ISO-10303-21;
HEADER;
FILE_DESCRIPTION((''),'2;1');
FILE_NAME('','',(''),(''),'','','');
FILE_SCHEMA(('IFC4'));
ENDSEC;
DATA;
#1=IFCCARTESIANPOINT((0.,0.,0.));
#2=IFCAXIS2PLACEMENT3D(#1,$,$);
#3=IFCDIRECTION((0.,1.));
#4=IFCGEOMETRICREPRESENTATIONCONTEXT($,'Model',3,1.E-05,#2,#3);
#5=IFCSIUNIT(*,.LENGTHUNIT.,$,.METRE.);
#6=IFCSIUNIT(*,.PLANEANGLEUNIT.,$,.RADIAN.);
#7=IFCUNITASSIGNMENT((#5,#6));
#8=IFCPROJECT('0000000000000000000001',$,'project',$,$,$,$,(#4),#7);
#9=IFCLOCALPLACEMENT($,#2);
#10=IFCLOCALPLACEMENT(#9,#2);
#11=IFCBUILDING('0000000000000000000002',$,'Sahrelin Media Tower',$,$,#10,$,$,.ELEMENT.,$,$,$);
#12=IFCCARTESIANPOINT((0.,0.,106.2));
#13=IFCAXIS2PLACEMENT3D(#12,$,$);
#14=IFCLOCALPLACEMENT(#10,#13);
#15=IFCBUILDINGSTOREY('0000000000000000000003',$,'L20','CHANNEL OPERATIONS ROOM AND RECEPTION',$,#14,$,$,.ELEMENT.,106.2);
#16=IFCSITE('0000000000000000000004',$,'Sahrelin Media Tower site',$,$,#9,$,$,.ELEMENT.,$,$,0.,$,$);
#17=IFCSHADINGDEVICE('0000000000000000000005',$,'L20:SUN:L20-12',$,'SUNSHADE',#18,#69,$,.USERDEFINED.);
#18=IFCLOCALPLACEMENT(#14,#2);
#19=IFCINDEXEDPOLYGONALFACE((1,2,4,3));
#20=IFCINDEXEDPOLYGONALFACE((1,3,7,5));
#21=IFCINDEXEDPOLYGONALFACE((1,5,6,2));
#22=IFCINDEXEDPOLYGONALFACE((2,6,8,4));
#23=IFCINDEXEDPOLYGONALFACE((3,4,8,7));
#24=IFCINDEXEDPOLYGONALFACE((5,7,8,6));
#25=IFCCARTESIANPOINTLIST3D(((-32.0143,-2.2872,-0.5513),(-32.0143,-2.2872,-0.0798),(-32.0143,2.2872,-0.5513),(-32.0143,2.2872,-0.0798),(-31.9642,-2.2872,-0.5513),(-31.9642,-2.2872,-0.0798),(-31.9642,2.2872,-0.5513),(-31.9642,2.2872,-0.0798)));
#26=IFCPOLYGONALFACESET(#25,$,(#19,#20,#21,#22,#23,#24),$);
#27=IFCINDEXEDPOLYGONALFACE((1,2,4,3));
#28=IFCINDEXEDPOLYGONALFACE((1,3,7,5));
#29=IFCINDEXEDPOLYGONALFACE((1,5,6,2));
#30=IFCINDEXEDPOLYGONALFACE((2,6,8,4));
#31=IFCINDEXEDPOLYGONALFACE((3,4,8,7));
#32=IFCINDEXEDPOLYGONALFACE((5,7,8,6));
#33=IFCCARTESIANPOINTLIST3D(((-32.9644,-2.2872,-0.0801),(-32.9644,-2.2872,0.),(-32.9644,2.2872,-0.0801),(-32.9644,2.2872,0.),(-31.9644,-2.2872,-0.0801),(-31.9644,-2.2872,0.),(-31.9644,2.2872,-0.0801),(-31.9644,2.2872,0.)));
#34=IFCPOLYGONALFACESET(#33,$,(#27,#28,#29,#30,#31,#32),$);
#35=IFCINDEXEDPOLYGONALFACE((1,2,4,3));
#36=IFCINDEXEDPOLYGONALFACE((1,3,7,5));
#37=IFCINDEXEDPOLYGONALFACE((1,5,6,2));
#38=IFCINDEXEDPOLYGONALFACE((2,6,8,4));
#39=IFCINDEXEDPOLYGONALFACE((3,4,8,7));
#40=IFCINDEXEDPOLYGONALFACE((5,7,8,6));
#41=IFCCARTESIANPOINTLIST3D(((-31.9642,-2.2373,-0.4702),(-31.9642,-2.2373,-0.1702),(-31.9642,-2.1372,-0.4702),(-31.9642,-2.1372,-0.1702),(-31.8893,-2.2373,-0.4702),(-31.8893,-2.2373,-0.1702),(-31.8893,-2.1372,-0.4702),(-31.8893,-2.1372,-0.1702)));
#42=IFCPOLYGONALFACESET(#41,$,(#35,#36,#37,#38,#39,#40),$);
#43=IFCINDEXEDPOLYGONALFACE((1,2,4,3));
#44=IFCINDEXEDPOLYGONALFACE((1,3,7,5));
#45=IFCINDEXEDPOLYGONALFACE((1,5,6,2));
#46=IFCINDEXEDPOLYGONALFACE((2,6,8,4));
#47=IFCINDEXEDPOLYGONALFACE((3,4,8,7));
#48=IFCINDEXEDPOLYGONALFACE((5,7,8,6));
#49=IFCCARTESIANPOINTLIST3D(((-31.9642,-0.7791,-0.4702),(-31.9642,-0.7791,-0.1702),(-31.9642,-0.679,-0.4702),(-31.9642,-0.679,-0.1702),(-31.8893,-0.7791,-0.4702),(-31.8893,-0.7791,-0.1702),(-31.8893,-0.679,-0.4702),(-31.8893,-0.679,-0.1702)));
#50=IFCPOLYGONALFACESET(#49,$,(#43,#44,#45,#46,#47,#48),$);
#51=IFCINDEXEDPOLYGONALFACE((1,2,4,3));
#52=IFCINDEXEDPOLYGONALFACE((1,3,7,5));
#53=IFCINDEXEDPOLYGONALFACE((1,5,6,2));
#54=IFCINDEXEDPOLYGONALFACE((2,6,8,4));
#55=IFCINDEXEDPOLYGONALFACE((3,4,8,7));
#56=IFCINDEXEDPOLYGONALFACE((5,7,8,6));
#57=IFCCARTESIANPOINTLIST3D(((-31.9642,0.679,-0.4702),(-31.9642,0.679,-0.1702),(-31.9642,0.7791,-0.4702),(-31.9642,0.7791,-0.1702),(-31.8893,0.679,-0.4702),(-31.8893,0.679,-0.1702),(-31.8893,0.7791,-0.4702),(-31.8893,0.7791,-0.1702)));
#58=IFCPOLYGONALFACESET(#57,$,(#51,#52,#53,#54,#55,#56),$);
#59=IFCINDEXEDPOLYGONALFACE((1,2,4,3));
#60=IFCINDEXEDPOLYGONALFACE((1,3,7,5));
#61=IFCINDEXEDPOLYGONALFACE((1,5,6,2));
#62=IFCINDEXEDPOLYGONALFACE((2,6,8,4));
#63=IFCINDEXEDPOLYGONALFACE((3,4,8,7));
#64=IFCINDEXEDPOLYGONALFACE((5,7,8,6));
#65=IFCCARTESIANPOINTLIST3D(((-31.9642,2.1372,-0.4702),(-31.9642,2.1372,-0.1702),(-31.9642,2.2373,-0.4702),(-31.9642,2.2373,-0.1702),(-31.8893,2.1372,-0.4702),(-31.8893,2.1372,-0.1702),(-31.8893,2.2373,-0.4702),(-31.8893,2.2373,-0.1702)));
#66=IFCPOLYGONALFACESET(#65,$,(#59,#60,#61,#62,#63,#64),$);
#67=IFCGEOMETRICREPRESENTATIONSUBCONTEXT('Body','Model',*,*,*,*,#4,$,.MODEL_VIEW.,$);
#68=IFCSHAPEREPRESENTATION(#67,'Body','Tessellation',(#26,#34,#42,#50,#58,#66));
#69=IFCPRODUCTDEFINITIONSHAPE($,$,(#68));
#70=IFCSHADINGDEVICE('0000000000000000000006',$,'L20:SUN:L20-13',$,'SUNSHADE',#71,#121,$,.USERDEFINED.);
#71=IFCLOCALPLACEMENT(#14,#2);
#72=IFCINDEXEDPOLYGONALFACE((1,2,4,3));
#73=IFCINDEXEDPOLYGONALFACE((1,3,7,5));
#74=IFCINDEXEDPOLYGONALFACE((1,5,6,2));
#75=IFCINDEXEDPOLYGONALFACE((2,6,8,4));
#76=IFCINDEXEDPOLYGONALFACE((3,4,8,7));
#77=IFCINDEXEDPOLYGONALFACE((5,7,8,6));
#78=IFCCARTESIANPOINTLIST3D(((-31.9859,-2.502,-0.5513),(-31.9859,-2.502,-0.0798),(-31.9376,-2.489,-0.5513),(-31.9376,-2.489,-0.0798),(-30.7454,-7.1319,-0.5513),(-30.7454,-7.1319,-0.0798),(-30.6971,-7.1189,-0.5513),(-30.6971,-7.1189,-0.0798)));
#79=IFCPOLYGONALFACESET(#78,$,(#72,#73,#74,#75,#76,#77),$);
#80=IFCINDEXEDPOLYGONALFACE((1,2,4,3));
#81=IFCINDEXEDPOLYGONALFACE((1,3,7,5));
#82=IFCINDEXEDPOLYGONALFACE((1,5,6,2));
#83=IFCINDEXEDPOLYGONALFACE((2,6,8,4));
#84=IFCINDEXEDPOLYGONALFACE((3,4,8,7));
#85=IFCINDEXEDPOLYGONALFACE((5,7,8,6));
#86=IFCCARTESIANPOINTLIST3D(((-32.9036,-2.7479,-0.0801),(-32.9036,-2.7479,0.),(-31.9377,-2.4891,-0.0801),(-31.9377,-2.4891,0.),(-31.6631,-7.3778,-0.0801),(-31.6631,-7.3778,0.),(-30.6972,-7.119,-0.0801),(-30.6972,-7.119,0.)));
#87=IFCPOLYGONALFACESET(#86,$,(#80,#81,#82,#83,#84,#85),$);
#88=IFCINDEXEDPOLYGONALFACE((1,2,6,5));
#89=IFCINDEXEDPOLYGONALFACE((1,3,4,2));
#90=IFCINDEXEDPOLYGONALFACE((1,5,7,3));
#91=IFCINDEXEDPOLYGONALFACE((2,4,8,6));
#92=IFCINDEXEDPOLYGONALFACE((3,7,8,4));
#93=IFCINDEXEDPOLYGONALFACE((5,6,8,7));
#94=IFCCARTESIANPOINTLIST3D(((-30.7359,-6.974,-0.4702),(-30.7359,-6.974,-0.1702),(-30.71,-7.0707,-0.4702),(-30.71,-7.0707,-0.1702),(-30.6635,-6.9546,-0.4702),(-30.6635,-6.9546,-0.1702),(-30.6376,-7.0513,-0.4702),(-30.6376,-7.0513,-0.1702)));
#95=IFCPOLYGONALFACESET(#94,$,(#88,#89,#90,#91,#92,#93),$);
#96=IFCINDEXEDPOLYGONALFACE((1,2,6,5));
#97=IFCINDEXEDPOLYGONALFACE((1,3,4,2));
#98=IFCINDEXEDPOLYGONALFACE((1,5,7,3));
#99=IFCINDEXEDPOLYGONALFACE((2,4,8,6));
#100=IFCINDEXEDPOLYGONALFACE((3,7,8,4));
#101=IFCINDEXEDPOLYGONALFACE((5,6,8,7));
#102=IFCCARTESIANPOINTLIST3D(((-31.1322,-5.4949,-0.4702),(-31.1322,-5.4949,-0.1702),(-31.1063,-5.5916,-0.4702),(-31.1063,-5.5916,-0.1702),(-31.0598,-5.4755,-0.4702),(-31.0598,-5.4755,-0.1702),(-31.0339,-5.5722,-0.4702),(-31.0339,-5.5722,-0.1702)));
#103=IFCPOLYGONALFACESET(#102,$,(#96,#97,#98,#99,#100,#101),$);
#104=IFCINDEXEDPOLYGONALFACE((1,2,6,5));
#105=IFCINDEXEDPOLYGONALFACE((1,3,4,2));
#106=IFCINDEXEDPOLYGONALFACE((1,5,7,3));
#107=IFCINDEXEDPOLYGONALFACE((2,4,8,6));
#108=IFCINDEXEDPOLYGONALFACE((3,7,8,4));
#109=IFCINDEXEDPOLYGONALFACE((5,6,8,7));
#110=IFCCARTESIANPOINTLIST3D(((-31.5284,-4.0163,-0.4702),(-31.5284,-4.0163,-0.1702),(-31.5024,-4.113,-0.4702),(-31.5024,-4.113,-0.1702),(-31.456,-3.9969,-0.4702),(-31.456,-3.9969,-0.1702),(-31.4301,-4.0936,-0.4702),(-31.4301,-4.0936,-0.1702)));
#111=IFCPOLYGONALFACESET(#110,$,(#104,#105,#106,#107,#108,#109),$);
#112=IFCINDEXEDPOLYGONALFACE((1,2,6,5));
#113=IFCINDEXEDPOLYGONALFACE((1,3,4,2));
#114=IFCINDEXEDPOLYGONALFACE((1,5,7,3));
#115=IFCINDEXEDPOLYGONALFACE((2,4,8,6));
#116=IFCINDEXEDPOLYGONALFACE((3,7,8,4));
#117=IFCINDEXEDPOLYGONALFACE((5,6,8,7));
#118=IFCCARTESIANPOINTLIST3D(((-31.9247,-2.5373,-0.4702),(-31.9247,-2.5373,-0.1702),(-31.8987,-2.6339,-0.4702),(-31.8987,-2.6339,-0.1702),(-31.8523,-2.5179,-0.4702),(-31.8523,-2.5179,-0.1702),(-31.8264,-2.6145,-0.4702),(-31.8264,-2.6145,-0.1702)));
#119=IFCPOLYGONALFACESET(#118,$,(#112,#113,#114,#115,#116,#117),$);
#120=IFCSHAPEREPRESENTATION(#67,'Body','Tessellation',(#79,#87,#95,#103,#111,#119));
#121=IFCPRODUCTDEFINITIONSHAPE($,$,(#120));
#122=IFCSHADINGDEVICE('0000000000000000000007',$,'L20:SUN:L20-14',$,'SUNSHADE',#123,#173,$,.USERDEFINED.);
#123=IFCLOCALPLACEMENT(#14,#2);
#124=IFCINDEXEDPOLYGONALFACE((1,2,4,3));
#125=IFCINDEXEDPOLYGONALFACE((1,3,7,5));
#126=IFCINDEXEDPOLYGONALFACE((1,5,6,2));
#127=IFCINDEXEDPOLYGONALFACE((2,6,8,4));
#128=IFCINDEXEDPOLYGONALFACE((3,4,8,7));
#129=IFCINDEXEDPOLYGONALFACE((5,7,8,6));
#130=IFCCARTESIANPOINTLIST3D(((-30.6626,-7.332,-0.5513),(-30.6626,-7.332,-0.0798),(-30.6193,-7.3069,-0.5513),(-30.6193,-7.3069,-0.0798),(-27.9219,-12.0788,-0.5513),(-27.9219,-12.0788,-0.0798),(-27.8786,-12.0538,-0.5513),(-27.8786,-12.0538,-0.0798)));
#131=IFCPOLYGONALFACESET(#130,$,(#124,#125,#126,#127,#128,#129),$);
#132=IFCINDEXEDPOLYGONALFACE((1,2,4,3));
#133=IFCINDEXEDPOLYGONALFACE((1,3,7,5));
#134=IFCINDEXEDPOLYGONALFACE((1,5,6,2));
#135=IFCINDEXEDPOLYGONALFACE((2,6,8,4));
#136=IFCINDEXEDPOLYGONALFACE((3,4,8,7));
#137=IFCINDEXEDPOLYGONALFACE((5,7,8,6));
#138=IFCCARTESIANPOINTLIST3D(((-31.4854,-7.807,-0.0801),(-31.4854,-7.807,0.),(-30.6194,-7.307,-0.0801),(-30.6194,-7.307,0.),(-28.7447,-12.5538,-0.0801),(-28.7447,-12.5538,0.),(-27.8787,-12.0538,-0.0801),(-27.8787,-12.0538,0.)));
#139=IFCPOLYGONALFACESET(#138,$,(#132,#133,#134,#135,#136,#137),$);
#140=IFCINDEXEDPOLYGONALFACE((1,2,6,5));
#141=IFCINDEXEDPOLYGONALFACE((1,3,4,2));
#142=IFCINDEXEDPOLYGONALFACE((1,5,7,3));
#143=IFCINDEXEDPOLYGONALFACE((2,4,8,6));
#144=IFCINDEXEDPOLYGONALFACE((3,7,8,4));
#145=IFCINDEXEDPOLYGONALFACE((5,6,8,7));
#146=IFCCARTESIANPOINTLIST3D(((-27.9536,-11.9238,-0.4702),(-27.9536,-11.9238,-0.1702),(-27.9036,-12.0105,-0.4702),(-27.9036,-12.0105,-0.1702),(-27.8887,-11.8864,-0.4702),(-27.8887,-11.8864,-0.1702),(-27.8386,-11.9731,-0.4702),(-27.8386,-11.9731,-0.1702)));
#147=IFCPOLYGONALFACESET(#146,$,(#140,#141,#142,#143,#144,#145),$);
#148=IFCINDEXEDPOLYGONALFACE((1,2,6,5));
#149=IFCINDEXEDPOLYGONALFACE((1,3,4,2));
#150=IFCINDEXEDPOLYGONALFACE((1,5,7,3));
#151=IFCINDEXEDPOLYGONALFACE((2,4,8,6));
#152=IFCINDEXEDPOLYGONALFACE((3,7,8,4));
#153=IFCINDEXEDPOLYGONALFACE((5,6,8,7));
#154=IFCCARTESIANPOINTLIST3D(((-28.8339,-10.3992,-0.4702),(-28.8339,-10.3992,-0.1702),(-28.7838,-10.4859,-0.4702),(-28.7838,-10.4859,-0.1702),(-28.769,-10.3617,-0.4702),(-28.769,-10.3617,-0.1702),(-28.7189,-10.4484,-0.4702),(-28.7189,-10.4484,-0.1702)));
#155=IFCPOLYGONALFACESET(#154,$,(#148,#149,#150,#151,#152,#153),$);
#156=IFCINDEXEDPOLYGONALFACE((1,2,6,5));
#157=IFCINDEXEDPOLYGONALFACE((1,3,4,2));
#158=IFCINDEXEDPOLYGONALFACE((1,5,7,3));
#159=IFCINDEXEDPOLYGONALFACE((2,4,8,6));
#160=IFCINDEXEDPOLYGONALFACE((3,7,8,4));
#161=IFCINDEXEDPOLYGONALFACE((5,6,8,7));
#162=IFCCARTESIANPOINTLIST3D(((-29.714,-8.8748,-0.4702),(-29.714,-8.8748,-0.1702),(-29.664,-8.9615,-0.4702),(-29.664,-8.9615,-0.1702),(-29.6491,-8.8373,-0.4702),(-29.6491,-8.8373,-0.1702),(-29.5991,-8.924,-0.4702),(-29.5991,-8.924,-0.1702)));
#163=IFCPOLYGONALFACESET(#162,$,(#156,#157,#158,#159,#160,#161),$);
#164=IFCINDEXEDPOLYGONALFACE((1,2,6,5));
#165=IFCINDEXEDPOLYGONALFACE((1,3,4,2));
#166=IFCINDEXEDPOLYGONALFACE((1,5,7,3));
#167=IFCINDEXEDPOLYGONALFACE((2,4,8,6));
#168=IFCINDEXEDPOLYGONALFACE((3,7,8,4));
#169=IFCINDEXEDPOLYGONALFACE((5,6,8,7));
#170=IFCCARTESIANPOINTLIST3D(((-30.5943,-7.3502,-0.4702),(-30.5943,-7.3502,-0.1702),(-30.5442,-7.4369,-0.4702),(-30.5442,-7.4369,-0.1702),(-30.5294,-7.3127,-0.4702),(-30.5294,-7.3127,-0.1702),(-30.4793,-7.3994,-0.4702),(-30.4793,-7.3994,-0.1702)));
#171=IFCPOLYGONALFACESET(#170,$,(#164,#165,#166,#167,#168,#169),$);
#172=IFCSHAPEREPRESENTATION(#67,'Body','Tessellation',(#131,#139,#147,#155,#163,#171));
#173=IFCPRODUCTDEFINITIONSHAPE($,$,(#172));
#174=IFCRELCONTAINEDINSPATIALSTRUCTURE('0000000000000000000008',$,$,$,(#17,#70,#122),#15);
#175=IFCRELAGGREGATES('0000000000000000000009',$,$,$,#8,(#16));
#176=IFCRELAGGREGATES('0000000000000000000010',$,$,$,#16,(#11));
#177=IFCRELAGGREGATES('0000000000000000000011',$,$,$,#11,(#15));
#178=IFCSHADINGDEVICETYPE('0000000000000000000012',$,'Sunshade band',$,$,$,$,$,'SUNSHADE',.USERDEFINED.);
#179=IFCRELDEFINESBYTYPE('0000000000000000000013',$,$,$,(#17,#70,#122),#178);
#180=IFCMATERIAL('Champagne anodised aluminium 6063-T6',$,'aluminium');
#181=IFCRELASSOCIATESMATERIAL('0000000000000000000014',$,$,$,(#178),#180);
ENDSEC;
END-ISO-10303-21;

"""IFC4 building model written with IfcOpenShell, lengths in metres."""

from ifc_helpers import new_model, si_unit, direction, frame, origin, origin_2d, place, context, subcontext, project, spatial, rectangle, extrude, material, type_object, element, save


model = new_model("IFC4")

# Units and contexts
model_context = context("Model", 3, precision=1e-05, world=origin(), true_north=direction((0.0, 1.0)))
body_context = subcontext(model_context, "Body", "Model", "MODEL_VIEW")
ifc_project = project(units=[si_unit("LENGTHUNIT", "METRE"), si_unit("PLANEANGLEUNIT", "RADIAN")], contexts=[model_context])

# Site, building, storey
site_placement = place(None, origin())
site = spatial("IfcSite", under=ifc_project, at=site_placement, Name="Sahrelin Media Tower site", CompositionType="ELEMENT", RefElevation=0.0)
building_placement = place(site_placement, origin())
building = spatial("IfcBuilding", under=site, at=building_placement, Name="Sahrelin Media Tower", CompositionType="ELEMENT")
storey_placement = place(building_placement, frame((0.0, 0.0, 106.2)))
storey = spatial("IfcBuildingStorey", under=building, at=storey_placement, Name="L20", Description="CHANNEL OPERATIONS ROOM AND RECEPTION", CompositionType="ELEMENT", Elevation=106.2)

# Shared definitions
ifc_material_1 = material(Name="Champagne anodised aluminium 6063-T6", Category="aluminium")

# Shading devices
placement_1 = place(storey_placement, frame((-31.9443, 0.0, 0.0), z_axis=(0.0, 0.0, 1.0), x_axis=(0.0, 1.0, 0.0)))
placement_2 = place(storey_placement, frame((-31.2981, -4.7988, 0.0), z_axis=(0.0, 0.0, 1.0), x_axis=(-0.258808, 0.965929, 0.0)))
placement_3 = place(storey_placement, frame((-29.2317, -9.6704, 0.0), z_axis=(0.0, 0.0, 1.0), x_axis=(-0.500011, 0.866019, 0.0)))
shading_device_type_1 = type_object("IfcShadingDeviceType", Name="Sunshade band", ElementType="SUNSHADE", PredefinedType="USERDEFINED", material=ifc_material_1)
element("IfcShadingDevice", 1, at=placement_1, inside=storey, type_object=shading_device_type_1, Name="L20:SUN:L20-12", ObjectType="SUNSHADE", PredefinedType="USERDEFINED", context=body_context, shape_type="SweptSolid", body=[
    extrude(rectangle(XDim=4.5745, YDim=0.05, at=origin_2d()), frame((0.0, 0.0449, -0.5513)), (0.0, 0.0, 1.0), 0.4714),
    extrude(rectangle(XDim=4.5745, YDim=1.0, at=origin_2d()), frame((0.0, 0.52, -0.0801)), (0.0, 0.0, 1.0), 0.0801),
    extrude(rectangle(XDim=0.1001, YDim=0.075, at=origin_2d()), frame((-2.1873, -0.0176, -0.4702)), (0.0, 0.0, 1.0), 0.3),
    extrude(rectangle(XDim=0.1001, YDim=0.075, at=origin_2d()), frame((-0.729, -0.0176, -0.4702)), (0.0, 0.0, 1.0), 0.3),
    extrude(rectangle(XDim=0.1001, YDim=0.075, at=origin_2d()), frame((0.729, -0.0176, -0.4702)), (0.0, 0.0, 1.0), 0.3),
    extrude(rectangle(XDim=0.1001, YDim=0.075, at=origin_2d()), frame((2.1873, -0.0176, -0.4702)), (0.0, 0.0, 1.0), 0.3),
])
element("IfcShadingDevice", 2, at=placement_2, inside=storey, type_object=shading_device_type_1, Name="L20:SUN:L20-13", ObjectType="SUNSHADE", PredefinedType="USERDEFINED", context=body_context, shape_type="SweptSolid", body=[
    extrude(rectangle(XDim=4.7932, YDim=0.05, at=origin_2d()), frame((0.0, 0.0449, -0.5513)), (0.0, 0.0, 1.0), 0.4714),
    extrude(rectangle(XDim=4.7932, YDim=1.0, at=origin_2d()), frame((0.0, 0.52, -0.0801)), (0.0, 0.0, 1.0), 0.0801),
    extrude(rectangle(XDim=0.1001, YDim=0.075, at=origin_2d()), frame((-2.2966, -0.0176, -0.4702)), (0.0, 0.0, 1.0), 0.3),
    extrude(rectangle(XDim=0.1001, YDim=0.075, at=origin_2d()), frame((-0.7654, -0.0176, -0.4702)), (0.0, 0.0, 1.0), 0.3),
    extrude(rectangle(XDim=0.1001, YDim=0.075, at=origin_2d()), frame((0.7654, -0.0176, -0.4702)), (0.0, 0.0, 1.0), 0.3),
    extrude(rectangle(XDim=0.1001, YDim=0.075, at=origin_2d()), frame((2.2966, -0.0176, -0.4702)), (0.0, 0.0, 1.0), 0.3),
])
element("IfcShadingDevice", 3, at=placement_3, inside=storey, type_object=shading_device_type_1, Name="L20:SUN:L20-14", ObjectType="SUNSHADE", PredefinedType="USERDEFINED", context=body_context, shape_type="SweptSolid", body=[
    extrude(rectangle(XDim=5.4812, YDim=0.05, at=origin_2d()), frame((0.0, 0.0449, -0.5513)), (0.0, 0.0, 1.0), 0.4714),
    extrude(rectangle(XDim=5.4812, YDim=1.0, at=origin_2d()), frame((0.0, 0.52, -0.0801)), (0.0, 0.0, 1.0), 0.0801),
    extrude(rectangle(XDim=0.1001, YDim=0.075, at=origin_2d()), frame((-2.6406, -0.0176, -0.4702)), (0.0, 0.0, 1.0), 0.3),
    extrude(rectangle(XDim=0.1001, YDim=0.075, at=origin_2d()), frame((-0.8801, -0.0176, -0.4702)), (0.0, 0.0, 1.0), 0.3),
    extrude(rectangle(XDim=0.1001, YDim=0.075, at=origin_2d()), frame((0.8801, -0.0176, -0.4702)), (0.0, 0.0, 1.0), 0.3),
    extrude(rectangle(XDim=0.1001, YDim=0.075, at=origin_2d()), frame((2.6406, -0.0176, -0.4702)), (0.0, 0.0, 1.0), 0.3),
])

save(model, "model.ifc")
